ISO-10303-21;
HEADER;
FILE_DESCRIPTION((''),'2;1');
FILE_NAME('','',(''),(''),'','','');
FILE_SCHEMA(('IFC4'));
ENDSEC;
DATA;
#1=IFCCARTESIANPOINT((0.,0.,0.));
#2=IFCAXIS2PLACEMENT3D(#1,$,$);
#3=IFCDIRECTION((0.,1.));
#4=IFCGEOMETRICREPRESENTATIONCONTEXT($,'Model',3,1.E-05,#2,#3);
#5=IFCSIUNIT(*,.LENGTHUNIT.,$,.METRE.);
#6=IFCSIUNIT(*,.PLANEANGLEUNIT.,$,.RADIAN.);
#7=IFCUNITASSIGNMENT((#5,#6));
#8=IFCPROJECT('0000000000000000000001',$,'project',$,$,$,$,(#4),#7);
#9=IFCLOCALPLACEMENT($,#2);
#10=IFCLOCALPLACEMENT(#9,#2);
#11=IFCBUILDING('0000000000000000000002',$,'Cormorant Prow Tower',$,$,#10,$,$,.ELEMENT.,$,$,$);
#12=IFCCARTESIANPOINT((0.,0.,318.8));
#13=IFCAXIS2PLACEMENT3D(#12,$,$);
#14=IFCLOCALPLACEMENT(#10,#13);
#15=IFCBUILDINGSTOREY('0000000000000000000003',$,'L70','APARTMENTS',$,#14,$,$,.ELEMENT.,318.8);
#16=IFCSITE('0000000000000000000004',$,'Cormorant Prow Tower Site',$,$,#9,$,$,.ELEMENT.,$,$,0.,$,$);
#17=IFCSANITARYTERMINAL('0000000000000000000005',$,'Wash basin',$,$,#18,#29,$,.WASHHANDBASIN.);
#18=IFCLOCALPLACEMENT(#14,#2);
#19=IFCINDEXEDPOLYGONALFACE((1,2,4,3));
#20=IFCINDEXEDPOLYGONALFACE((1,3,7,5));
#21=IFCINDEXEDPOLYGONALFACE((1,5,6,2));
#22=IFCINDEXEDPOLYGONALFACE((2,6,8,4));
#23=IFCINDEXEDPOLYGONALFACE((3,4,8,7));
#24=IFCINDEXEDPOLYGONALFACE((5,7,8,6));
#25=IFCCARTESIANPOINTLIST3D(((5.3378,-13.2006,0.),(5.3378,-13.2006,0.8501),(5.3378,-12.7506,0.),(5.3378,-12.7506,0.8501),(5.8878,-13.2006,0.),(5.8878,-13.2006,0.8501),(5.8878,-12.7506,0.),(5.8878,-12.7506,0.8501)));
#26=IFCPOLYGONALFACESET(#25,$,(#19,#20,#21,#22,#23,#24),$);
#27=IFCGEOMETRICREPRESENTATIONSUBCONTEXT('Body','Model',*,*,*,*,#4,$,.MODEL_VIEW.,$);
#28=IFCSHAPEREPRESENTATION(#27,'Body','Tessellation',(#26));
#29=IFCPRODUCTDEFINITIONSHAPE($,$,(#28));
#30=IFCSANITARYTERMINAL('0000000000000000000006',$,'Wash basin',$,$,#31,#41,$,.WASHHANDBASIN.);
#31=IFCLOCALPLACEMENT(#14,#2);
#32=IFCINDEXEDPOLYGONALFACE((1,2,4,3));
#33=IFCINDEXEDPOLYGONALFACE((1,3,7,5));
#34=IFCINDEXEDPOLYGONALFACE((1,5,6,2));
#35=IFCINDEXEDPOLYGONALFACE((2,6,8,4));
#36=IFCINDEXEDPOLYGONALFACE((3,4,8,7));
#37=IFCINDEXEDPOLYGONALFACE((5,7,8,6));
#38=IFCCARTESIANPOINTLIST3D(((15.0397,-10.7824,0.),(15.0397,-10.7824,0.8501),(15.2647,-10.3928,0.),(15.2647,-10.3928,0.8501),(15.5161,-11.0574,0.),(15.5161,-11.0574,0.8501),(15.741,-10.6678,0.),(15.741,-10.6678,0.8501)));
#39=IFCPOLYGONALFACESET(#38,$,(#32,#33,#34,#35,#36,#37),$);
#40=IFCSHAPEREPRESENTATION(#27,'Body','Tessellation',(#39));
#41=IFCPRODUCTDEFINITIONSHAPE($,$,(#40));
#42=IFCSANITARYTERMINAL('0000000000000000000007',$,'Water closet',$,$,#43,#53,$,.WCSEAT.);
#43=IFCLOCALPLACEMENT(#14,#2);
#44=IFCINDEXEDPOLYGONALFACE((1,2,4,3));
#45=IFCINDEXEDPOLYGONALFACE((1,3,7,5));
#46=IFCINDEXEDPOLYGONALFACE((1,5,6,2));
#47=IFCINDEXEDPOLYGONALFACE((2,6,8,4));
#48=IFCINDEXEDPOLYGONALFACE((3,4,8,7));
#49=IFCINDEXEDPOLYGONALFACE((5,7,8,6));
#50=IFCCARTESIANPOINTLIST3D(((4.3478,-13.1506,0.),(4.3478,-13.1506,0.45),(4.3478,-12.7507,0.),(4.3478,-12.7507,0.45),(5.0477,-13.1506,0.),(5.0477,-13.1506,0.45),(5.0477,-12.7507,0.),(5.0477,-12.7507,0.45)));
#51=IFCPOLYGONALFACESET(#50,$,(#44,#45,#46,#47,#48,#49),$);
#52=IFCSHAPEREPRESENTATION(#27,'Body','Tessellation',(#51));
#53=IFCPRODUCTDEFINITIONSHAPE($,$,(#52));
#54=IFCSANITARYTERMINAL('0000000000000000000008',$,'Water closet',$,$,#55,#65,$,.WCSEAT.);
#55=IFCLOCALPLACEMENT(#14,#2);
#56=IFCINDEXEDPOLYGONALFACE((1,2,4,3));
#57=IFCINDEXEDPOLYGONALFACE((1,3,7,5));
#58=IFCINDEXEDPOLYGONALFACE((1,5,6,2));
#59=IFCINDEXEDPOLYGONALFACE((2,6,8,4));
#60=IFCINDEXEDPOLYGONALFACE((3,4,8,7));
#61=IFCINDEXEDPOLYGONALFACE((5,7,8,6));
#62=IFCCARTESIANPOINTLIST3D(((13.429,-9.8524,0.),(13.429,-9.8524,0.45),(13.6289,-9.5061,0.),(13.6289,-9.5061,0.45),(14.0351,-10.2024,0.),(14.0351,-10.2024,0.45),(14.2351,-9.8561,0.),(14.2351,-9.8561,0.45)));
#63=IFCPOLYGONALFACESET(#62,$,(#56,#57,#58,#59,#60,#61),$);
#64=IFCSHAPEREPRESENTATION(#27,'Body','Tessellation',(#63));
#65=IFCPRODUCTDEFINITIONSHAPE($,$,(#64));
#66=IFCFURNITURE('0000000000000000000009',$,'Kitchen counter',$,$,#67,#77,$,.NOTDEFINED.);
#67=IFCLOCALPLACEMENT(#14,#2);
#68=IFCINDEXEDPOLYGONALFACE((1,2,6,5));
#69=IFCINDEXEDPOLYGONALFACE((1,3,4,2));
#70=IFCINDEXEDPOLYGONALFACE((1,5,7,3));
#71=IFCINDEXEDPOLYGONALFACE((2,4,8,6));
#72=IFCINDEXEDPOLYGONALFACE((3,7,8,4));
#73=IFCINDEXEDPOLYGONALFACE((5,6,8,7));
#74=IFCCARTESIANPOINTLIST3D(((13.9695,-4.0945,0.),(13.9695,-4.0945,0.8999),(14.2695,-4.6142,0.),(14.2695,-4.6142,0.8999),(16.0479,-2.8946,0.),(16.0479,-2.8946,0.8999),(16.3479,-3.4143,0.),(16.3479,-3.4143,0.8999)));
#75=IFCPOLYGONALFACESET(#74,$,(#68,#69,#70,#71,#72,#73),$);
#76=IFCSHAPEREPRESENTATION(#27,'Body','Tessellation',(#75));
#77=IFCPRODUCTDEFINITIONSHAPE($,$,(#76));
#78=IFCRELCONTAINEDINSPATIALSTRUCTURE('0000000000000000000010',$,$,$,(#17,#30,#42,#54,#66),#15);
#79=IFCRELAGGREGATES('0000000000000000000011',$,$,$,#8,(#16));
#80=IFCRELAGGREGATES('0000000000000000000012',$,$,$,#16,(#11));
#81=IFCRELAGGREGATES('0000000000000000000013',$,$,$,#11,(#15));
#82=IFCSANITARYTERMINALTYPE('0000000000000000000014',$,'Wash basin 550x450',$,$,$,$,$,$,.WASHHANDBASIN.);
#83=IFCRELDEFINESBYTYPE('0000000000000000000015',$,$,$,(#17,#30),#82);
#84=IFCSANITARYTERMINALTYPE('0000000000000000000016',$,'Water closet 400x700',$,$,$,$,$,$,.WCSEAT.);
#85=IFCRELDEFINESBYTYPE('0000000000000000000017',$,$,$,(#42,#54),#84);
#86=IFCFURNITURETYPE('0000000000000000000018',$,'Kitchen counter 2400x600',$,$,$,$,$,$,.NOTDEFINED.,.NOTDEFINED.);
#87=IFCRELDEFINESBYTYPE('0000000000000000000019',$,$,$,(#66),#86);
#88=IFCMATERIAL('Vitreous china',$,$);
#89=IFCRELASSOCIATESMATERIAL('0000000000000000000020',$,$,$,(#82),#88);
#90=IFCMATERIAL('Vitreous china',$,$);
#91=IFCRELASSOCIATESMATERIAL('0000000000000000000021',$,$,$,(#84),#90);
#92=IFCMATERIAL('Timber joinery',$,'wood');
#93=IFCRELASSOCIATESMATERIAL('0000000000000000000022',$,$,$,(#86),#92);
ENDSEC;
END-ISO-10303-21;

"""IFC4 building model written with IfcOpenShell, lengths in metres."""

from ifc_helpers import new_model, si_unit, direction, frame, origin, origin_2d, place, context, subcontext, project, spatial, rectangle, extrude, material, type_object, element, save


model = new_model("IFC4")

# Units and contexts
model_context = context("Model", 3, precision=1e-05, world=origin(), true_north=direction((0.0, 1.0)))
body_context = subcontext(model_context, "Body", "Model", "MODEL_VIEW")
ifc_project = project(units=[si_unit("LENGTHUNIT", "METRE"), si_unit("PLANEANGLEUNIT", "RADIAN")], contexts=[model_context])

# Site, building, storey
site_placement = place(None, origin())
site = spatial("IfcSite", under=ifc_project, at=site_placement, Name="Cormorant Prow Tower Site", CompositionType="ELEMENT", RefElevation=0.0)
building_placement = place(site_placement, origin())
building = spatial("IfcBuilding", under=site, at=building_placement, Name="Cormorant Prow Tower", CompositionType="ELEMENT")
storey_placement = place(building_placement, frame((0.0, 0.0, 318.8)))
storey = spatial("IfcBuildingStorey", under=building, at=storey_placement, Name="L70", Description="APARTMENTS", CompositionType="ELEMENT", Elevation=318.8)

# Sanitary terminals
ifc_material_1 = material(Name="Vitreous china")
sanitary_terminal_type_1 = type_object("IfcSanitaryTerminalType", Name="Wash basin 550x450", PredefinedType="WASHHANDBASIN", material=ifc_material_1)
for number, where, z_axis, x_axis, name in (
    (1, (5.6128, -12.9756, 0.0), (0.0, 0.0, 1.0), (1.0, 0.0, 0.0), "Wash basin"),
    (2, (15.3904, -10.7251, 0.0), (0.0, 0.0, 1.0), (-0.866025, 0.5, 0.0), "Wash basin"),
):
    element("IfcSanitaryTerminal", number, at=place(storey_placement, frame(where, z_axis=z_axis, x_axis=x_axis)), inside=storey, type_object=sanitary_terminal_type_1, Name=name, PredefinedType="WASHHANDBASIN", context=body_context, shape_type="SweptSolid", body=[
        extrude(rectangle(XDim=0.55, YDim=0.45, at=origin_2d()), origin(), (0.0, 0.0, 1.0), 0.8501),
    ])
ifc_material_2 = material(Name="Vitreous china")
sanitary_terminal_type_2 = type_object("IfcSanitaryTerminalType", Name="Water closet 400x700", PredefinedType="WCSEAT", material=ifc_material_2)
for number, where, z_axis, x_axis, name in (
    (3, (4.6978, -12.9507, 0.0), (0.0, 0.0, 1.0), (0.0, -1.0, 0.0), "Water closet"),
    (4, (13.832, -9.8542, 0.0), (0.0, 0.0, 1.0), (0.5, 0.866025, 0.0), "Water closet"),
):
    element("IfcSanitaryTerminal", number, at=place(storey_placement, frame(where, z_axis=z_axis, x_axis=x_axis)), inside=storey, type_object=sanitary_terminal_type_2, Name=name, PredefinedType="WCSEAT", context=body_context, shape_type="SweptSolid", body=[
        extrude(rectangle(XDim=0.3999, YDim=0.7, at=origin_2d()), origin(), (0.0, 0.0, 1.0), 0.45),
    ])

# Furniture
ifc_material_3 = material(Name="Timber joinery", Category="wood")
furniture_type = type_object("IfcFurnitureType", Name="Kitchen counter 2400x600", AssemblyPlace="NOTDEFINED", PredefinedType="NOTDEFINED", material=ifc_material_3)
furniture_placement = place(storey_placement, frame((15.1587, -3.7544, 0.0), z_axis=(0.0, 0.0, 1.0), x_axis=(0.866025, 0.5, 0.0)))
element("IfcFurniture", 5, at=furniture_placement, inside=storey, type_object=furniture_type, Name="Kitchen counter", PredefinedType="NOTDEFINED", context=body_context, shape_type="SweptSolid", body=[
    extrude(rectangle(XDim=2.3999, YDim=0.6001, at=origin_2d()), origin(), (0.0, 0.0, 1.0), 0.8999),
])

save(model, "model.ifc")
